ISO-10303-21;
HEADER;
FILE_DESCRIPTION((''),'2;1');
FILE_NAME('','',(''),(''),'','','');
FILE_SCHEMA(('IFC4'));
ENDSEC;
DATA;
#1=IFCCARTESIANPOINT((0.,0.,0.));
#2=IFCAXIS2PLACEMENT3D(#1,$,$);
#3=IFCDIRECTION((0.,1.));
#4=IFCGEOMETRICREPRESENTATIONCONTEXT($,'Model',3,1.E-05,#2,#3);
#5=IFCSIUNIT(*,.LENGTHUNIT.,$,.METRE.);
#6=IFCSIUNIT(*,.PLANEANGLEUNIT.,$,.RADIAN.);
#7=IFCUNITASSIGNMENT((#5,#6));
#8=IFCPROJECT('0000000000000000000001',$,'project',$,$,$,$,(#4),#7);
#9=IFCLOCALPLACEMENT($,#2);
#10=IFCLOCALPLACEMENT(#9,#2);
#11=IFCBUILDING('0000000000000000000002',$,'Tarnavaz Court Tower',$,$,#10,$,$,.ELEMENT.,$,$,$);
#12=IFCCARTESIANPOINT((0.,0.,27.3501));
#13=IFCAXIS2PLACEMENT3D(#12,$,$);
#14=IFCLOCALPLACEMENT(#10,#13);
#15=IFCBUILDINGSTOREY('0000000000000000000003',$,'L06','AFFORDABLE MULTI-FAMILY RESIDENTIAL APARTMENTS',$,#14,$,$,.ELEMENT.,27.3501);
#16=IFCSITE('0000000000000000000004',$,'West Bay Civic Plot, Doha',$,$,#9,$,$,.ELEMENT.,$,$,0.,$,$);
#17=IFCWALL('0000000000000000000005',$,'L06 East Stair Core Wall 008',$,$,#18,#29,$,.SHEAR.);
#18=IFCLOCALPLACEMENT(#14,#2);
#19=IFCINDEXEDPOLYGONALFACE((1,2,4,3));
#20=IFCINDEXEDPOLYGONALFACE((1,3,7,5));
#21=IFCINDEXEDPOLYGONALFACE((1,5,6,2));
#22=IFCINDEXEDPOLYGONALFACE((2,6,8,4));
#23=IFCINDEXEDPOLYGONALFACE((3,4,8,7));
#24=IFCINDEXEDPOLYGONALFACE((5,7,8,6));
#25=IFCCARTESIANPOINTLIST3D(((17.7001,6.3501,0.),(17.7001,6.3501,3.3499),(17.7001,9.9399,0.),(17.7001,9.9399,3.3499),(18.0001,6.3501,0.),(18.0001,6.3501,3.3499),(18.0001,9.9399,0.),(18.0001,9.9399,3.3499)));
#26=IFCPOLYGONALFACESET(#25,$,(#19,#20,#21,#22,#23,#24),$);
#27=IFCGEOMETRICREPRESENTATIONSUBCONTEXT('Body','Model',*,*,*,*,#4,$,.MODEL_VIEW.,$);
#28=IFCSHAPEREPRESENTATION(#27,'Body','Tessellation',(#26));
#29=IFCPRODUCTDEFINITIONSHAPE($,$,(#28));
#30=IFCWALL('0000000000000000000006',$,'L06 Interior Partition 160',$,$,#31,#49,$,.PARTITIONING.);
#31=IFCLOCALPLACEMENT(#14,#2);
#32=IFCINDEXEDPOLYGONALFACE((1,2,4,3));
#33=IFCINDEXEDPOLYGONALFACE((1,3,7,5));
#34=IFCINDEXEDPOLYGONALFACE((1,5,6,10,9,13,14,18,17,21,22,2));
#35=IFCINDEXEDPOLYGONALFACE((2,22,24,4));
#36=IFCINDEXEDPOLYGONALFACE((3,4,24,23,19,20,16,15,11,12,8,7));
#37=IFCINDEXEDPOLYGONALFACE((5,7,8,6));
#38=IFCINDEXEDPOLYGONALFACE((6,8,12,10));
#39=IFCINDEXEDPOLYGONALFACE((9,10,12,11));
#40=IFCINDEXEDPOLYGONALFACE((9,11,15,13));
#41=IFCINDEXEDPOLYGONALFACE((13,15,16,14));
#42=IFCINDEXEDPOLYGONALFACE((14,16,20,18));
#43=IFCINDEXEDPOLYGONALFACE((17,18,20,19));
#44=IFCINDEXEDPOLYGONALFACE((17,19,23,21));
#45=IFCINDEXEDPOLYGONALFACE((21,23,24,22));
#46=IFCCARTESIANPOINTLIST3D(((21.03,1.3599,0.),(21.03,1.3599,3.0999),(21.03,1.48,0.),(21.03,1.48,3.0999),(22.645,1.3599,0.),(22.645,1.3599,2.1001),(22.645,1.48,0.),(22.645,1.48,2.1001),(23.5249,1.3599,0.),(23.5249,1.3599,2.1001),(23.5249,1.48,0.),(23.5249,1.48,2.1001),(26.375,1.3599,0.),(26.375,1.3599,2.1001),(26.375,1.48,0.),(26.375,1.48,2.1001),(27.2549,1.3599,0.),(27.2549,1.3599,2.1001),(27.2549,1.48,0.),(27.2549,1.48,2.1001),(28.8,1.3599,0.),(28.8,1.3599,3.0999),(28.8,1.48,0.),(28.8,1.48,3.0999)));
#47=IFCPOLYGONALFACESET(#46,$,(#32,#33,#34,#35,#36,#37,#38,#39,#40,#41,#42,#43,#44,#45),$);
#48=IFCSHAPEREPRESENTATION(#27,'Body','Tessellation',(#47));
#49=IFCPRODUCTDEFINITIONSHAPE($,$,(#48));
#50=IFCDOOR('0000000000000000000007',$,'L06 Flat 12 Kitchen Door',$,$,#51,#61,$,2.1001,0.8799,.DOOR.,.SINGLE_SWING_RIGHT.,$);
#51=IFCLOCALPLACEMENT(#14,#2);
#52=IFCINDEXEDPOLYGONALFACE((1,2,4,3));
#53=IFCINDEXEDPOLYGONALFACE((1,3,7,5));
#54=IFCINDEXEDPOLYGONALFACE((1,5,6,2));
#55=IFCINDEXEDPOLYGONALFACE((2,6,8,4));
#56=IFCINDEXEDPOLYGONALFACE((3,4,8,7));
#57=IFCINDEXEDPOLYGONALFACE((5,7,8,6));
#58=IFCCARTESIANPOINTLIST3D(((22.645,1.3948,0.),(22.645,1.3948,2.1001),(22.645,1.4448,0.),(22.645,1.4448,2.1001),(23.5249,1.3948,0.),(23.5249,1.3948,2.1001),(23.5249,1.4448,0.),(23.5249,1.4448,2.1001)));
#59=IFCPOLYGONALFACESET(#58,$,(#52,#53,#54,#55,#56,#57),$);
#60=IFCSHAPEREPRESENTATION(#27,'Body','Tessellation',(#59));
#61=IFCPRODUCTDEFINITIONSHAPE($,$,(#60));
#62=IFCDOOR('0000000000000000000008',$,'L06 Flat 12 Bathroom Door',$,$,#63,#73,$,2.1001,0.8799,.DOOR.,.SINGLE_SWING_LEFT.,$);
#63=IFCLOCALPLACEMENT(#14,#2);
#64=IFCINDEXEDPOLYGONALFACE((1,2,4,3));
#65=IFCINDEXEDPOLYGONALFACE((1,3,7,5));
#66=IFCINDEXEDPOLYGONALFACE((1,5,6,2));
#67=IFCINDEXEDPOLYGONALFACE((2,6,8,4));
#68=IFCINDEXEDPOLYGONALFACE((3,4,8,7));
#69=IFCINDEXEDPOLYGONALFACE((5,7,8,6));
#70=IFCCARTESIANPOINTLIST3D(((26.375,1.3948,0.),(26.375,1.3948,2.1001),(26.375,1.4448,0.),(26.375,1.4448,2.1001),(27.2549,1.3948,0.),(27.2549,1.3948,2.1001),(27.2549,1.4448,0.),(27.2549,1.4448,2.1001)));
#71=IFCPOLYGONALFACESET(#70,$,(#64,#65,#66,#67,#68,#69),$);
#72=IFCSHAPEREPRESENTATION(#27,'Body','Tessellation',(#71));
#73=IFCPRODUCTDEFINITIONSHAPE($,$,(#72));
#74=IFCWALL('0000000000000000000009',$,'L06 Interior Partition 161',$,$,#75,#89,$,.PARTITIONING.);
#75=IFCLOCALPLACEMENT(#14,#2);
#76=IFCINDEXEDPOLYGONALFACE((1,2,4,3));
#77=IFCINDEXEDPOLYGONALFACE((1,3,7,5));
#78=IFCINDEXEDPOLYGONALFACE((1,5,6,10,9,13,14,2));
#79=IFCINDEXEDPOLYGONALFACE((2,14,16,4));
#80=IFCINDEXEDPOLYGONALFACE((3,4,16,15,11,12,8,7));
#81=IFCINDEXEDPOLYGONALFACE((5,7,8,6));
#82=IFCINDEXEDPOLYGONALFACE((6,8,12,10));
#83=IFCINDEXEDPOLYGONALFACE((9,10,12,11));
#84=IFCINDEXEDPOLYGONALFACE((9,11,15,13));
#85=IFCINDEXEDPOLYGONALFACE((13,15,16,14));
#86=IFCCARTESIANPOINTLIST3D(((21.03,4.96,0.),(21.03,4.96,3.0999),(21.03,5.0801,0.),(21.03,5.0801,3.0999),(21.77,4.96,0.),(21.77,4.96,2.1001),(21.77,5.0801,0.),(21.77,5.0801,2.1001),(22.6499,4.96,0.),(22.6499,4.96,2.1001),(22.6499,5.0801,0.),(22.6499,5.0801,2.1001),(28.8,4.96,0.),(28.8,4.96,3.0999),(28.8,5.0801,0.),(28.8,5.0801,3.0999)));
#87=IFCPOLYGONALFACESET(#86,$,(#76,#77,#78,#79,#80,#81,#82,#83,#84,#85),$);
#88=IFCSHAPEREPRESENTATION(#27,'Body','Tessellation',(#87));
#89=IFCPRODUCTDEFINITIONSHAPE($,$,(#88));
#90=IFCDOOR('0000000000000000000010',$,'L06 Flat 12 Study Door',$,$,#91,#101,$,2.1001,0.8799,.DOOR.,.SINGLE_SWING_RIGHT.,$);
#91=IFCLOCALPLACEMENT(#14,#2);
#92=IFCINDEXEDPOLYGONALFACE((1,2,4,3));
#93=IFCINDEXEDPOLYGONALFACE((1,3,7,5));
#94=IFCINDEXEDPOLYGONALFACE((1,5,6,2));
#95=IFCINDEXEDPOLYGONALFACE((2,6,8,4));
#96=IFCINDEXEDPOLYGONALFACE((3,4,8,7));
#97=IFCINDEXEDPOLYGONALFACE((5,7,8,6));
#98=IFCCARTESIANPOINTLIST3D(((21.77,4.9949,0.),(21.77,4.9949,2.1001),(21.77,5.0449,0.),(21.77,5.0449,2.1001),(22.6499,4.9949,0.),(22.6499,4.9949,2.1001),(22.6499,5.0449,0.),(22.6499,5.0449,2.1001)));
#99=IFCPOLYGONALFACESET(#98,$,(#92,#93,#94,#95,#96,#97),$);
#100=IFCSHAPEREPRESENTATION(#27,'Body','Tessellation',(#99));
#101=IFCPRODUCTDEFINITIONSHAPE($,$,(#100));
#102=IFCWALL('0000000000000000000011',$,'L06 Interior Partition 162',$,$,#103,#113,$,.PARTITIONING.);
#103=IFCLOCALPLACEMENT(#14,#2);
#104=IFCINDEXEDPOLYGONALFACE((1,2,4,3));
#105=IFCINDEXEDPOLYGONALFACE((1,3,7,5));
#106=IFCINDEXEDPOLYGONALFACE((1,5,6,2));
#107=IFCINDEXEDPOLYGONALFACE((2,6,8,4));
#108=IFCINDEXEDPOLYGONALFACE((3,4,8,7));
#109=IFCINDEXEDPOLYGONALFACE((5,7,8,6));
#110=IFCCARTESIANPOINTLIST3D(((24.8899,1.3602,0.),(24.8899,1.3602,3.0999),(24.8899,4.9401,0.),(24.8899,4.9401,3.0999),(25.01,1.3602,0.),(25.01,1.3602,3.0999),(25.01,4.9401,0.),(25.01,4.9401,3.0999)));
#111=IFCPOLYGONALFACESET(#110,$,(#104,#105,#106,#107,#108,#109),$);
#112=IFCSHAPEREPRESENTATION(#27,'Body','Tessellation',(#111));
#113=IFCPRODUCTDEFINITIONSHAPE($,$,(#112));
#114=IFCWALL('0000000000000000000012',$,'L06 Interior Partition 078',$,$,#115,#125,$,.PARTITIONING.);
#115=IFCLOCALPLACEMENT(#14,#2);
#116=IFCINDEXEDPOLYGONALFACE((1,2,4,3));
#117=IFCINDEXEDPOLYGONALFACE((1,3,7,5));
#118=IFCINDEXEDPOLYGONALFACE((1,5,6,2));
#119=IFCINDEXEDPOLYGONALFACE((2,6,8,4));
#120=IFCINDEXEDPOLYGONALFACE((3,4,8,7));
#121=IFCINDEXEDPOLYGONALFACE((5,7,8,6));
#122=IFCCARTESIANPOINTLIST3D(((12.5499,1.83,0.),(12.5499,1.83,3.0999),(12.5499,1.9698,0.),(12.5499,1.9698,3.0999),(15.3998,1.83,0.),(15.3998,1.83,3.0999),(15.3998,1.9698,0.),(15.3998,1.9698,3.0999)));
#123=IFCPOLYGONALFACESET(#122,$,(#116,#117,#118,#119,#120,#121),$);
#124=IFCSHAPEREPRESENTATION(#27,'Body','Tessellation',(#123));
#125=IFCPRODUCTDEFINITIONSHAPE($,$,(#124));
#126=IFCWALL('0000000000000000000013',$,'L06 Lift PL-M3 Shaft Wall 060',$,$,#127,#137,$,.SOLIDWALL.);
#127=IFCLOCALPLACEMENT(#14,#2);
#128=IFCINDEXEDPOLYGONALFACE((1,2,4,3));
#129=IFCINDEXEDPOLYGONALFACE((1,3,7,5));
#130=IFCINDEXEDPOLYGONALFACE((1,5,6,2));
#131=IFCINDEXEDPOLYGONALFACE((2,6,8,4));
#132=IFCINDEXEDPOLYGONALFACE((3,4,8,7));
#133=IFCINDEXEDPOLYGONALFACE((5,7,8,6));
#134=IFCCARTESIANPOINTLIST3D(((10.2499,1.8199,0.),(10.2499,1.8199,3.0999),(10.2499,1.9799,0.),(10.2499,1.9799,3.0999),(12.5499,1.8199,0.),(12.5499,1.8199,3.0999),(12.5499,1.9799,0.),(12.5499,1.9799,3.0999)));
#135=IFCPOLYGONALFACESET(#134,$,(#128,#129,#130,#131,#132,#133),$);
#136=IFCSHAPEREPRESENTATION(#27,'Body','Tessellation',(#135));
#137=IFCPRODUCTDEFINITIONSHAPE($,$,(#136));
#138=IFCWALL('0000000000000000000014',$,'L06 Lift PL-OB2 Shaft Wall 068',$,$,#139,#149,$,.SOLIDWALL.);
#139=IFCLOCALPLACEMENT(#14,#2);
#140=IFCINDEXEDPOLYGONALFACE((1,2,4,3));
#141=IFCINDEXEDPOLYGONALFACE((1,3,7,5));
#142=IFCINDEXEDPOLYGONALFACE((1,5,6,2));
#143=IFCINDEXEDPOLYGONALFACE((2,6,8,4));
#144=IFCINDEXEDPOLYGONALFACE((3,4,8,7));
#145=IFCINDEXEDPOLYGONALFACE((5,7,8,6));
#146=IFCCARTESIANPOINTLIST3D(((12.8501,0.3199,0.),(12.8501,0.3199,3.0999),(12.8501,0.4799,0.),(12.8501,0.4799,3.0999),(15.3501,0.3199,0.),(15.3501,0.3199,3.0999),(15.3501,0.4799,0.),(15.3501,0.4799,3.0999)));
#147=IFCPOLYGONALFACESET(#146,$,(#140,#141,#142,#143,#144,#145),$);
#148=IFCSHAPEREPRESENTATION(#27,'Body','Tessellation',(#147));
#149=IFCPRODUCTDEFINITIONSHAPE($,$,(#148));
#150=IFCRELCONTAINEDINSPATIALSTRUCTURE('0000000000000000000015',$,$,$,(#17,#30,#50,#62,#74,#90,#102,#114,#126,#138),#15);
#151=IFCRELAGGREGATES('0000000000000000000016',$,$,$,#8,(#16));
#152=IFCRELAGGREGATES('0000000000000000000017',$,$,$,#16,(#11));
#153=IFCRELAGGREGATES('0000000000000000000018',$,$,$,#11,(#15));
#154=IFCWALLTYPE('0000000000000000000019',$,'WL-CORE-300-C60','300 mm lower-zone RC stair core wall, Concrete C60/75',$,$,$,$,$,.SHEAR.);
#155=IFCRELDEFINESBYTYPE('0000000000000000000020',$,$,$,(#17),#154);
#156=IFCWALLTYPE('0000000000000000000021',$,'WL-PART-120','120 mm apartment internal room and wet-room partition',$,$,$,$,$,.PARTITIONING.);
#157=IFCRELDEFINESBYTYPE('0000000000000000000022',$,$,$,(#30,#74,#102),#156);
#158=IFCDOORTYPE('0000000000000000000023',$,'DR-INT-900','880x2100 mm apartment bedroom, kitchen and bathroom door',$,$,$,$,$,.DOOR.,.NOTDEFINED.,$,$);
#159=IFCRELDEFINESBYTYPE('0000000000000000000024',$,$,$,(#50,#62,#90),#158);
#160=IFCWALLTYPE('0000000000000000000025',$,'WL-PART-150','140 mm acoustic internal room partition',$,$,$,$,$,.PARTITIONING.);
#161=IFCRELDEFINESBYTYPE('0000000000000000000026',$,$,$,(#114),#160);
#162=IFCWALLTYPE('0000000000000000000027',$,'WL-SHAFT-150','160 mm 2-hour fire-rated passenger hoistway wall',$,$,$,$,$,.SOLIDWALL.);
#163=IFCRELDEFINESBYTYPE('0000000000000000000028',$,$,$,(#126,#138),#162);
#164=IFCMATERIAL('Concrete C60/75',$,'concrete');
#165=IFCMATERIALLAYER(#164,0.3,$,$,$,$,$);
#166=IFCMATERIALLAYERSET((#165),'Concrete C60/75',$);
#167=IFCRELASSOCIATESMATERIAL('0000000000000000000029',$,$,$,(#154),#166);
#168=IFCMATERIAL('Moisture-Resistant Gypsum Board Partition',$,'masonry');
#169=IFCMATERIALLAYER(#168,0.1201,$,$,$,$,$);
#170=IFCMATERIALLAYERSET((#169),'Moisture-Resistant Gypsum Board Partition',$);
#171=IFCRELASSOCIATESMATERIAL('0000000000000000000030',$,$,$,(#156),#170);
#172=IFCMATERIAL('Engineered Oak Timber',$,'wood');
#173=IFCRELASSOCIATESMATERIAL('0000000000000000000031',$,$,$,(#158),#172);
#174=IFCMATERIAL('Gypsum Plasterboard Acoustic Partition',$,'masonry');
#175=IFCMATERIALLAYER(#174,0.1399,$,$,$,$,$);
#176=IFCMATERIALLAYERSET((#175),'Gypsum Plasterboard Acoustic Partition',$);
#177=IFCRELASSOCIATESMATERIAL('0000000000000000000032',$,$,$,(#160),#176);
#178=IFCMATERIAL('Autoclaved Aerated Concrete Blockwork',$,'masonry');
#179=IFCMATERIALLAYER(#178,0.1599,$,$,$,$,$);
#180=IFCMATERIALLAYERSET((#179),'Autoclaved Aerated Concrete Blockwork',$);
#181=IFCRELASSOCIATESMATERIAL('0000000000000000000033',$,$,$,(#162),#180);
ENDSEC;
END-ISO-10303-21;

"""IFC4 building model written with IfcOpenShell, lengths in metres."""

from ifc_helpers import new_model, si_unit, direction, frame, frame_2d, origin, place, context, subcontext, project, spatial, rectangle, extrude, material, layer, layer_set, type_object, element, fill, save


model = new_model("IFC4")

# Units and contexts
model_context = context("Model", 3, precision=1e-05, world=origin(), true_north=direction((0.0, 1.0)))
body_context = subcontext(model_context, "Body", "Model", "MODEL_VIEW")
ifc_project = project(units=[si_unit("LENGTHUNIT", "METRE"), si_unit("PLANEANGLEUNIT", "RADIAN")], contexts=[model_context])

# Site, building, storey
site_placement = place(None, origin())
site = spatial("IfcSite", under=ifc_project, at=site_placement, Name="West Bay Civic Plot, Doha", CompositionType="ELEMENT", RefElevation=0.0)
building_placement = place(site_placement, origin())
building = spatial("IfcBuilding", under=site, at=building_placement, Name="Tarnavaz Court Tower", CompositionType="ELEMENT")
storey_placement = place(building_placement, frame((0.0, 0.0, 27.3501)))
storey = spatial("IfcBuildingStorey", under=building, at=storey_placement, Name="L06", Description="AFFORDABLE MULTI-FAMILY RESIDENTIAL APARTMENTS", CompositionType="ELEMENT", Elevation=27.3501)

# Shared definitions
ifc_material_1 = material(Name="Concrete C60/75", Category="concrete")

# Wall
ifc_layer_1 = layer(ifc_material_1, 0.3)
ifc_layer_set_1 = layer_set([ifc_layer_1], Name="Concrete C60/75")
wall_type_1 = type_object("IfcWallType", Name="WL-CORE-300-C60", Description="300 mm lower-zone RC stair core wall, Concrete C60/75", PredefinedType="SHEAR", material=ifc_layer_set_1)
wall_1_placement = place(storey_placement, frame((17.8501, 6.3501, 0.0), z_axis=(0.0, 0.0, 1.0), x_axis=(0.0, 1.0, 0.0)))
element("IfcWall", 1, at=wall_1_placement, inside=storey, type_object=wall_type_1, Name="L06 East Stair Core Wall 008", PredefinedType="SHEAR", context=body_context, shape_type="SweptSolid", body=[
    extrude(rectangle(XDim=3.5898, YDim=0.3, at=frame_2d((1.7949, 0.0))), origin(), (0.0, 0.0, 1.0), 3.3499),
])

# Wall, openings, doors
ifc_material_2 = material(Name="Moisture-Resistant Gypsum Board Partition", Category="masonry")
ifc_layer_2 = layer(ifc_material_2, 0.1201)
ifc_layer_set_2 = layer_set([ifc_layer_2], Name="Moisture-Resistant Gypsum Board Partition")
wall_type_2 = type_object("IfcWallType", Name="WL-PART-120", Description="120 mm apartment internal room and wet-room partition", PredefinedType="PARTITIONING", material=ifc_layer_set_2)
wall_2_placement = place(storey_placement, frame((21.03, 1.4199, 0.0), z_axis=(0.0, 0.0, 1.0), x_axis=(1.0, 0.0, 0.0)))
wall_2 = element("IfcWall", 2, at=wall_2_placement, inside=storey, type_object=wall_type_2, Name="L06 Interior Partition 160", PredefinedType="PARTITIONING", context=body_context, shape_type="SweptSolid", body=[
    extrude(rectangle(XDim=7.77, YDim=0.1201, at=frame_2d((3.885, 0.0))), origin(), (0.0, 0.0, 1.0), 3.0999),
])
opening_1_placement = place(wall_2_placement, frame((1.615, 0.0, 0.0)))
opening_1 = element("IfcOpeningElement", 3, at=opening_1_placement, cuts=wall_2, PredefinedType="OPENING", context=body_context, shape_type="SweptSolid", body=[
    extrude(rectangle(XDim=0.8799, YDim=2.1001, at=frame_2d((0.4399, 1.05))), frame((0.0, 0.0701, 0.0), z_axis=(0.0, -1.0, 0.0), x_axis=(1.0, 0.0, 0.0)), (0.0, 0.0, 1.0), 0.1401),
])
opening_2_placement = place(wall_2_placement, frame((5.345, 0.0, 0.0)))
opening_2 = element("IfcOpeningElement", 4, at=opening_2_placement, cuts=wall_2, PredefinedType="OPENING", context=body_context, shape_type="SweptSolid", body=[
    extrude(rectangle(XDim=0.8799, YDim=2.1001, at=frame_2d((0.4399, 1.05))), frame((0.0, 0.0701, 0.0), z_axis=(0.0, -1.0, 0.0), x_axis=(1.0, 0.0, 0.0)), (0.0, 0.0, 1.0), 0.1401),
])
ifc_material_3 = material(Name="Engineered Oak Timber", Category="wood")
door_type_1 = type_object("IfcDoorType", Name="DR-INT-900", Description="880x2100 mm apartment bedroom, kitchen and bathroom door", OperationType="NOTDEFINED", PredefinedType="DOOR", material=ifc_material_3)
door_1_placement = place(opening_1_placement, origin())
door_1 = element("IfcDoor", 5, at=door_1_placement, inside=storey, type_object=door_type_1, Name="L06 Flat 12 Kitchen Door", OperationType="SINGLE_SWING_RIGHT", OverallHeight=2.1001, OverallWidth=0.8799, PredefinedType="DOOR", context=body_context, shape_type="SweptSolid", body=[
    extrude(rectangle(XDim=0.8799, YDim=2.1001, at=frame_2d((0.4399, 1.05))), frame((0.0, 0.0249, 0.0), z_axis=(0.0, -1.0, 0.0), x_axis=(1.0, 0.0, 0.0)), (0.0, 0.0, 1.0), 0.05),
])
fill(opening_1, door_1)
door_2_placement = place(opening_2_placement, origin())
door_2 = element("IfcDoor", 6, at=door_2_placement, inside=storey, type_object=door_type_1, Name="L06 Flat 12 Bathroom Door", OperationType="SINGLE_SWING_LEFT", OverallHeight=2.1001, OverallWidth=0.8799, PredefinedType="DOOR", context=body_context, shape_type="SweptSolid", body=[
    extrude(rectangle(XDim=0.8799, YDim=2.1001, at=frame_2d((0.4399, 1.05))), frame((0.0, 0.0249, 0.0), z_axis=(0.0, -1.0, 0.0), x_axis=(1.0, 0.0, 0.0)), (0.0, 0.0, 1.0), 0.05),
])
fill(opening_2, door_2)

# Wall, opening, door
wall_3_placement = place(storey_placement, frame((21.03, 5.02, 0.0), z_axis=(0.0, 0.0, 1.0), x_axis=(1.0, 0.0, 0.0)))
wall_3 = element("IfcWall", 7, at=wall_3_placement, inside=storey, type_object=wall_type_2, Name="L06 Interior Partition 161", PredefinedType="PARTITIONING", context=body_context, shape_type="SweptSolid", body=[
    extrude(rectangle(XDim=7.77, YDim=0.1201, at=frame_2d((3.885, 0.0))), origin(), (0.0, 0.0, 1.0), 3.0999),
])
opening_3_placement = place(wall_3_placement, frame((0.74, 0.0, 0.0)))
opening_3 = element("IfcOpeningElement", 8, at=opening_3_placement, cuts=wall_3, PredefinedType="OPENING", context=body_context, shape_type="SweptSolid", body=[
    extrude(rectangle(XDim=0.8799, YDim=2.1001, at=frame_2d((0.4399, 1.05))), frame((0.0, 0.0701, 0.0), z_axis=(0.0, -1.0, 0.0), x_axis=(1.0, 0.0, 0.0)), (0.0, 0.0, 1.0), 0.1401),
])
door_3_placement = place(opening_3_placement, origin())
door_3 = element("IfcDoor", 9, at=door_3_placement, inside=storey, type_object=door_type_1, Name="L06 Flat 12 Study Door", OperationType="SINGLE_SWING_RIGHT", OverallHeight=2.1001, OverallWidth=0.8799, PredefinedType="DOOR", context=body_context, shape_type="SweptSolid", body=[
    extrude(rectangle(XDim=0.8799, YDim=2.1001, at=frame_2d((0.4399, 1.05))), frame((0.0, 0.0249, 0.0), z_axis=(0.0, -1.0, 0.0), x_axis=(1.0, 0.0, 0.0)), (0.0, 0.0, 1.0), 0.05),
])
fill(opening_3, door_3)

# Walls
wall_4_placement = place(storey_placement, frame((24.95, 1.3601, 0.0), z_axis=(0.0, 0.0, 1.0), x_axis=(0.0, 1.0, 0.0)))
element("IfcWall", 10, at=wall_4_placement, inside=storey, type_object=wall_type_2, Name="L06 Interior Partition 162", PredefinedType="PARTITIONING", context=body_context, shape_type="SweptSolid", body=[
    extrude(rectangle(XDim=3.5798, YDim=0.1201, at=frame_2d((1.79, 0.0))), origin(), (0.0, 0.0, 1.0), 3.0999),
])
ifc_material_4 = material(Name="Gypsum Plasterboard Acoustic Partition", Category="masonry")
ifc_layer_3 = layer(ifc_material_4, 0.1399)
ifc_layer_set_3 = layer_set([ifc_layer_3], Name="Gypsum Plasterboard Acoustic Partition")
wall_type_3 = type_object("IfcWallType", Name="WL-PART-150", Description="140 mm acoustic internal room partition", PredefinedType="PARTITIONING", material=ifc_layer_set_3)
wall_5_placement = place(storey_placement, frame((12.55, 1.8999, 0.0), z_axis=(0.0, 0.0, 1.0), x_axis=(1.0, 0.0, 0.0)))
element("IfcWall", 11, at=wall_5_placement, inside=storey, type_object=wall_type_3, Name="L06 Interior Partition 078", PredefinedType="PARTITIONING", context=body_context, shape_type="SweptSolid", body=[
    extrude(rectangle(XDim=2.8499, YDim=0.1399, at=frame_2d((1.4248, 0.0))), origin(), (0.0, 0.0, 1.0), 3.0999),
])
ifc_material_5 = material(Name="Autoclaved Aerated Concrete Blockwork", Category="masonry")
ifc_layer_4 = layer(ifc_material_5, 0.1599)
ifc_layer_set_4 = layer_set([ifc_layer_4], Name="Autoclaved Aerated Concrete Blockwork")
wall_type_4 = type_object("IfcWallType", Name="WL-SHAFT-150", Description="160 mm 2-hour fire-rated passenger hoistway wall", PredefinedType="SOLIDWALL", material=ifc_layer_set_4)
wall_6_placement = place(storey_placement, frame((10.25, 1.8999, 0.0), z_axis=(0.0, 0.0, 1.0), x_axis=(1.0, 0.0, 0.0)))
element("IfcWall", 12, at=wall_6_placement, inside=storey, type_object=wall_type_4, Name="L06 Lift PL-M3 Shaft Wall 060", PredefinedType="SOLIDWALL", context=body_context, shape_type="SweptSolid", body=[
    extrude(rectangle(XDim=2.3, YDim=0.1599, at=frame_2d((1.1499, 0.0))), origin(), (0.0, 0.0, 1.0), 3.0999),
])
wall_7_placement = place(storey_placement, frame((12.8501, 0.3999, 0.0), z_axis=(0.0, 0.0, 1.0), x_axis=(1.0, 0.0, 0.0)))
element("IfcWall", 13, at=wall_7_placement, inside=storey, type_object=wall_type_4, Name="L06 Lift PL-OB2 Shaft Wall 068", PredefinedType="SOLIDWALL", context=body_context, shape_type="SweptSolid", body=[
    extrude(rectangle(XDim=2.5, YDim=0.1599, at=frame_2d((1.25, 0.0))), origin(), (0.0, 0.0, 1.0), 3.0999),
])

save(model, "model.ifc")
